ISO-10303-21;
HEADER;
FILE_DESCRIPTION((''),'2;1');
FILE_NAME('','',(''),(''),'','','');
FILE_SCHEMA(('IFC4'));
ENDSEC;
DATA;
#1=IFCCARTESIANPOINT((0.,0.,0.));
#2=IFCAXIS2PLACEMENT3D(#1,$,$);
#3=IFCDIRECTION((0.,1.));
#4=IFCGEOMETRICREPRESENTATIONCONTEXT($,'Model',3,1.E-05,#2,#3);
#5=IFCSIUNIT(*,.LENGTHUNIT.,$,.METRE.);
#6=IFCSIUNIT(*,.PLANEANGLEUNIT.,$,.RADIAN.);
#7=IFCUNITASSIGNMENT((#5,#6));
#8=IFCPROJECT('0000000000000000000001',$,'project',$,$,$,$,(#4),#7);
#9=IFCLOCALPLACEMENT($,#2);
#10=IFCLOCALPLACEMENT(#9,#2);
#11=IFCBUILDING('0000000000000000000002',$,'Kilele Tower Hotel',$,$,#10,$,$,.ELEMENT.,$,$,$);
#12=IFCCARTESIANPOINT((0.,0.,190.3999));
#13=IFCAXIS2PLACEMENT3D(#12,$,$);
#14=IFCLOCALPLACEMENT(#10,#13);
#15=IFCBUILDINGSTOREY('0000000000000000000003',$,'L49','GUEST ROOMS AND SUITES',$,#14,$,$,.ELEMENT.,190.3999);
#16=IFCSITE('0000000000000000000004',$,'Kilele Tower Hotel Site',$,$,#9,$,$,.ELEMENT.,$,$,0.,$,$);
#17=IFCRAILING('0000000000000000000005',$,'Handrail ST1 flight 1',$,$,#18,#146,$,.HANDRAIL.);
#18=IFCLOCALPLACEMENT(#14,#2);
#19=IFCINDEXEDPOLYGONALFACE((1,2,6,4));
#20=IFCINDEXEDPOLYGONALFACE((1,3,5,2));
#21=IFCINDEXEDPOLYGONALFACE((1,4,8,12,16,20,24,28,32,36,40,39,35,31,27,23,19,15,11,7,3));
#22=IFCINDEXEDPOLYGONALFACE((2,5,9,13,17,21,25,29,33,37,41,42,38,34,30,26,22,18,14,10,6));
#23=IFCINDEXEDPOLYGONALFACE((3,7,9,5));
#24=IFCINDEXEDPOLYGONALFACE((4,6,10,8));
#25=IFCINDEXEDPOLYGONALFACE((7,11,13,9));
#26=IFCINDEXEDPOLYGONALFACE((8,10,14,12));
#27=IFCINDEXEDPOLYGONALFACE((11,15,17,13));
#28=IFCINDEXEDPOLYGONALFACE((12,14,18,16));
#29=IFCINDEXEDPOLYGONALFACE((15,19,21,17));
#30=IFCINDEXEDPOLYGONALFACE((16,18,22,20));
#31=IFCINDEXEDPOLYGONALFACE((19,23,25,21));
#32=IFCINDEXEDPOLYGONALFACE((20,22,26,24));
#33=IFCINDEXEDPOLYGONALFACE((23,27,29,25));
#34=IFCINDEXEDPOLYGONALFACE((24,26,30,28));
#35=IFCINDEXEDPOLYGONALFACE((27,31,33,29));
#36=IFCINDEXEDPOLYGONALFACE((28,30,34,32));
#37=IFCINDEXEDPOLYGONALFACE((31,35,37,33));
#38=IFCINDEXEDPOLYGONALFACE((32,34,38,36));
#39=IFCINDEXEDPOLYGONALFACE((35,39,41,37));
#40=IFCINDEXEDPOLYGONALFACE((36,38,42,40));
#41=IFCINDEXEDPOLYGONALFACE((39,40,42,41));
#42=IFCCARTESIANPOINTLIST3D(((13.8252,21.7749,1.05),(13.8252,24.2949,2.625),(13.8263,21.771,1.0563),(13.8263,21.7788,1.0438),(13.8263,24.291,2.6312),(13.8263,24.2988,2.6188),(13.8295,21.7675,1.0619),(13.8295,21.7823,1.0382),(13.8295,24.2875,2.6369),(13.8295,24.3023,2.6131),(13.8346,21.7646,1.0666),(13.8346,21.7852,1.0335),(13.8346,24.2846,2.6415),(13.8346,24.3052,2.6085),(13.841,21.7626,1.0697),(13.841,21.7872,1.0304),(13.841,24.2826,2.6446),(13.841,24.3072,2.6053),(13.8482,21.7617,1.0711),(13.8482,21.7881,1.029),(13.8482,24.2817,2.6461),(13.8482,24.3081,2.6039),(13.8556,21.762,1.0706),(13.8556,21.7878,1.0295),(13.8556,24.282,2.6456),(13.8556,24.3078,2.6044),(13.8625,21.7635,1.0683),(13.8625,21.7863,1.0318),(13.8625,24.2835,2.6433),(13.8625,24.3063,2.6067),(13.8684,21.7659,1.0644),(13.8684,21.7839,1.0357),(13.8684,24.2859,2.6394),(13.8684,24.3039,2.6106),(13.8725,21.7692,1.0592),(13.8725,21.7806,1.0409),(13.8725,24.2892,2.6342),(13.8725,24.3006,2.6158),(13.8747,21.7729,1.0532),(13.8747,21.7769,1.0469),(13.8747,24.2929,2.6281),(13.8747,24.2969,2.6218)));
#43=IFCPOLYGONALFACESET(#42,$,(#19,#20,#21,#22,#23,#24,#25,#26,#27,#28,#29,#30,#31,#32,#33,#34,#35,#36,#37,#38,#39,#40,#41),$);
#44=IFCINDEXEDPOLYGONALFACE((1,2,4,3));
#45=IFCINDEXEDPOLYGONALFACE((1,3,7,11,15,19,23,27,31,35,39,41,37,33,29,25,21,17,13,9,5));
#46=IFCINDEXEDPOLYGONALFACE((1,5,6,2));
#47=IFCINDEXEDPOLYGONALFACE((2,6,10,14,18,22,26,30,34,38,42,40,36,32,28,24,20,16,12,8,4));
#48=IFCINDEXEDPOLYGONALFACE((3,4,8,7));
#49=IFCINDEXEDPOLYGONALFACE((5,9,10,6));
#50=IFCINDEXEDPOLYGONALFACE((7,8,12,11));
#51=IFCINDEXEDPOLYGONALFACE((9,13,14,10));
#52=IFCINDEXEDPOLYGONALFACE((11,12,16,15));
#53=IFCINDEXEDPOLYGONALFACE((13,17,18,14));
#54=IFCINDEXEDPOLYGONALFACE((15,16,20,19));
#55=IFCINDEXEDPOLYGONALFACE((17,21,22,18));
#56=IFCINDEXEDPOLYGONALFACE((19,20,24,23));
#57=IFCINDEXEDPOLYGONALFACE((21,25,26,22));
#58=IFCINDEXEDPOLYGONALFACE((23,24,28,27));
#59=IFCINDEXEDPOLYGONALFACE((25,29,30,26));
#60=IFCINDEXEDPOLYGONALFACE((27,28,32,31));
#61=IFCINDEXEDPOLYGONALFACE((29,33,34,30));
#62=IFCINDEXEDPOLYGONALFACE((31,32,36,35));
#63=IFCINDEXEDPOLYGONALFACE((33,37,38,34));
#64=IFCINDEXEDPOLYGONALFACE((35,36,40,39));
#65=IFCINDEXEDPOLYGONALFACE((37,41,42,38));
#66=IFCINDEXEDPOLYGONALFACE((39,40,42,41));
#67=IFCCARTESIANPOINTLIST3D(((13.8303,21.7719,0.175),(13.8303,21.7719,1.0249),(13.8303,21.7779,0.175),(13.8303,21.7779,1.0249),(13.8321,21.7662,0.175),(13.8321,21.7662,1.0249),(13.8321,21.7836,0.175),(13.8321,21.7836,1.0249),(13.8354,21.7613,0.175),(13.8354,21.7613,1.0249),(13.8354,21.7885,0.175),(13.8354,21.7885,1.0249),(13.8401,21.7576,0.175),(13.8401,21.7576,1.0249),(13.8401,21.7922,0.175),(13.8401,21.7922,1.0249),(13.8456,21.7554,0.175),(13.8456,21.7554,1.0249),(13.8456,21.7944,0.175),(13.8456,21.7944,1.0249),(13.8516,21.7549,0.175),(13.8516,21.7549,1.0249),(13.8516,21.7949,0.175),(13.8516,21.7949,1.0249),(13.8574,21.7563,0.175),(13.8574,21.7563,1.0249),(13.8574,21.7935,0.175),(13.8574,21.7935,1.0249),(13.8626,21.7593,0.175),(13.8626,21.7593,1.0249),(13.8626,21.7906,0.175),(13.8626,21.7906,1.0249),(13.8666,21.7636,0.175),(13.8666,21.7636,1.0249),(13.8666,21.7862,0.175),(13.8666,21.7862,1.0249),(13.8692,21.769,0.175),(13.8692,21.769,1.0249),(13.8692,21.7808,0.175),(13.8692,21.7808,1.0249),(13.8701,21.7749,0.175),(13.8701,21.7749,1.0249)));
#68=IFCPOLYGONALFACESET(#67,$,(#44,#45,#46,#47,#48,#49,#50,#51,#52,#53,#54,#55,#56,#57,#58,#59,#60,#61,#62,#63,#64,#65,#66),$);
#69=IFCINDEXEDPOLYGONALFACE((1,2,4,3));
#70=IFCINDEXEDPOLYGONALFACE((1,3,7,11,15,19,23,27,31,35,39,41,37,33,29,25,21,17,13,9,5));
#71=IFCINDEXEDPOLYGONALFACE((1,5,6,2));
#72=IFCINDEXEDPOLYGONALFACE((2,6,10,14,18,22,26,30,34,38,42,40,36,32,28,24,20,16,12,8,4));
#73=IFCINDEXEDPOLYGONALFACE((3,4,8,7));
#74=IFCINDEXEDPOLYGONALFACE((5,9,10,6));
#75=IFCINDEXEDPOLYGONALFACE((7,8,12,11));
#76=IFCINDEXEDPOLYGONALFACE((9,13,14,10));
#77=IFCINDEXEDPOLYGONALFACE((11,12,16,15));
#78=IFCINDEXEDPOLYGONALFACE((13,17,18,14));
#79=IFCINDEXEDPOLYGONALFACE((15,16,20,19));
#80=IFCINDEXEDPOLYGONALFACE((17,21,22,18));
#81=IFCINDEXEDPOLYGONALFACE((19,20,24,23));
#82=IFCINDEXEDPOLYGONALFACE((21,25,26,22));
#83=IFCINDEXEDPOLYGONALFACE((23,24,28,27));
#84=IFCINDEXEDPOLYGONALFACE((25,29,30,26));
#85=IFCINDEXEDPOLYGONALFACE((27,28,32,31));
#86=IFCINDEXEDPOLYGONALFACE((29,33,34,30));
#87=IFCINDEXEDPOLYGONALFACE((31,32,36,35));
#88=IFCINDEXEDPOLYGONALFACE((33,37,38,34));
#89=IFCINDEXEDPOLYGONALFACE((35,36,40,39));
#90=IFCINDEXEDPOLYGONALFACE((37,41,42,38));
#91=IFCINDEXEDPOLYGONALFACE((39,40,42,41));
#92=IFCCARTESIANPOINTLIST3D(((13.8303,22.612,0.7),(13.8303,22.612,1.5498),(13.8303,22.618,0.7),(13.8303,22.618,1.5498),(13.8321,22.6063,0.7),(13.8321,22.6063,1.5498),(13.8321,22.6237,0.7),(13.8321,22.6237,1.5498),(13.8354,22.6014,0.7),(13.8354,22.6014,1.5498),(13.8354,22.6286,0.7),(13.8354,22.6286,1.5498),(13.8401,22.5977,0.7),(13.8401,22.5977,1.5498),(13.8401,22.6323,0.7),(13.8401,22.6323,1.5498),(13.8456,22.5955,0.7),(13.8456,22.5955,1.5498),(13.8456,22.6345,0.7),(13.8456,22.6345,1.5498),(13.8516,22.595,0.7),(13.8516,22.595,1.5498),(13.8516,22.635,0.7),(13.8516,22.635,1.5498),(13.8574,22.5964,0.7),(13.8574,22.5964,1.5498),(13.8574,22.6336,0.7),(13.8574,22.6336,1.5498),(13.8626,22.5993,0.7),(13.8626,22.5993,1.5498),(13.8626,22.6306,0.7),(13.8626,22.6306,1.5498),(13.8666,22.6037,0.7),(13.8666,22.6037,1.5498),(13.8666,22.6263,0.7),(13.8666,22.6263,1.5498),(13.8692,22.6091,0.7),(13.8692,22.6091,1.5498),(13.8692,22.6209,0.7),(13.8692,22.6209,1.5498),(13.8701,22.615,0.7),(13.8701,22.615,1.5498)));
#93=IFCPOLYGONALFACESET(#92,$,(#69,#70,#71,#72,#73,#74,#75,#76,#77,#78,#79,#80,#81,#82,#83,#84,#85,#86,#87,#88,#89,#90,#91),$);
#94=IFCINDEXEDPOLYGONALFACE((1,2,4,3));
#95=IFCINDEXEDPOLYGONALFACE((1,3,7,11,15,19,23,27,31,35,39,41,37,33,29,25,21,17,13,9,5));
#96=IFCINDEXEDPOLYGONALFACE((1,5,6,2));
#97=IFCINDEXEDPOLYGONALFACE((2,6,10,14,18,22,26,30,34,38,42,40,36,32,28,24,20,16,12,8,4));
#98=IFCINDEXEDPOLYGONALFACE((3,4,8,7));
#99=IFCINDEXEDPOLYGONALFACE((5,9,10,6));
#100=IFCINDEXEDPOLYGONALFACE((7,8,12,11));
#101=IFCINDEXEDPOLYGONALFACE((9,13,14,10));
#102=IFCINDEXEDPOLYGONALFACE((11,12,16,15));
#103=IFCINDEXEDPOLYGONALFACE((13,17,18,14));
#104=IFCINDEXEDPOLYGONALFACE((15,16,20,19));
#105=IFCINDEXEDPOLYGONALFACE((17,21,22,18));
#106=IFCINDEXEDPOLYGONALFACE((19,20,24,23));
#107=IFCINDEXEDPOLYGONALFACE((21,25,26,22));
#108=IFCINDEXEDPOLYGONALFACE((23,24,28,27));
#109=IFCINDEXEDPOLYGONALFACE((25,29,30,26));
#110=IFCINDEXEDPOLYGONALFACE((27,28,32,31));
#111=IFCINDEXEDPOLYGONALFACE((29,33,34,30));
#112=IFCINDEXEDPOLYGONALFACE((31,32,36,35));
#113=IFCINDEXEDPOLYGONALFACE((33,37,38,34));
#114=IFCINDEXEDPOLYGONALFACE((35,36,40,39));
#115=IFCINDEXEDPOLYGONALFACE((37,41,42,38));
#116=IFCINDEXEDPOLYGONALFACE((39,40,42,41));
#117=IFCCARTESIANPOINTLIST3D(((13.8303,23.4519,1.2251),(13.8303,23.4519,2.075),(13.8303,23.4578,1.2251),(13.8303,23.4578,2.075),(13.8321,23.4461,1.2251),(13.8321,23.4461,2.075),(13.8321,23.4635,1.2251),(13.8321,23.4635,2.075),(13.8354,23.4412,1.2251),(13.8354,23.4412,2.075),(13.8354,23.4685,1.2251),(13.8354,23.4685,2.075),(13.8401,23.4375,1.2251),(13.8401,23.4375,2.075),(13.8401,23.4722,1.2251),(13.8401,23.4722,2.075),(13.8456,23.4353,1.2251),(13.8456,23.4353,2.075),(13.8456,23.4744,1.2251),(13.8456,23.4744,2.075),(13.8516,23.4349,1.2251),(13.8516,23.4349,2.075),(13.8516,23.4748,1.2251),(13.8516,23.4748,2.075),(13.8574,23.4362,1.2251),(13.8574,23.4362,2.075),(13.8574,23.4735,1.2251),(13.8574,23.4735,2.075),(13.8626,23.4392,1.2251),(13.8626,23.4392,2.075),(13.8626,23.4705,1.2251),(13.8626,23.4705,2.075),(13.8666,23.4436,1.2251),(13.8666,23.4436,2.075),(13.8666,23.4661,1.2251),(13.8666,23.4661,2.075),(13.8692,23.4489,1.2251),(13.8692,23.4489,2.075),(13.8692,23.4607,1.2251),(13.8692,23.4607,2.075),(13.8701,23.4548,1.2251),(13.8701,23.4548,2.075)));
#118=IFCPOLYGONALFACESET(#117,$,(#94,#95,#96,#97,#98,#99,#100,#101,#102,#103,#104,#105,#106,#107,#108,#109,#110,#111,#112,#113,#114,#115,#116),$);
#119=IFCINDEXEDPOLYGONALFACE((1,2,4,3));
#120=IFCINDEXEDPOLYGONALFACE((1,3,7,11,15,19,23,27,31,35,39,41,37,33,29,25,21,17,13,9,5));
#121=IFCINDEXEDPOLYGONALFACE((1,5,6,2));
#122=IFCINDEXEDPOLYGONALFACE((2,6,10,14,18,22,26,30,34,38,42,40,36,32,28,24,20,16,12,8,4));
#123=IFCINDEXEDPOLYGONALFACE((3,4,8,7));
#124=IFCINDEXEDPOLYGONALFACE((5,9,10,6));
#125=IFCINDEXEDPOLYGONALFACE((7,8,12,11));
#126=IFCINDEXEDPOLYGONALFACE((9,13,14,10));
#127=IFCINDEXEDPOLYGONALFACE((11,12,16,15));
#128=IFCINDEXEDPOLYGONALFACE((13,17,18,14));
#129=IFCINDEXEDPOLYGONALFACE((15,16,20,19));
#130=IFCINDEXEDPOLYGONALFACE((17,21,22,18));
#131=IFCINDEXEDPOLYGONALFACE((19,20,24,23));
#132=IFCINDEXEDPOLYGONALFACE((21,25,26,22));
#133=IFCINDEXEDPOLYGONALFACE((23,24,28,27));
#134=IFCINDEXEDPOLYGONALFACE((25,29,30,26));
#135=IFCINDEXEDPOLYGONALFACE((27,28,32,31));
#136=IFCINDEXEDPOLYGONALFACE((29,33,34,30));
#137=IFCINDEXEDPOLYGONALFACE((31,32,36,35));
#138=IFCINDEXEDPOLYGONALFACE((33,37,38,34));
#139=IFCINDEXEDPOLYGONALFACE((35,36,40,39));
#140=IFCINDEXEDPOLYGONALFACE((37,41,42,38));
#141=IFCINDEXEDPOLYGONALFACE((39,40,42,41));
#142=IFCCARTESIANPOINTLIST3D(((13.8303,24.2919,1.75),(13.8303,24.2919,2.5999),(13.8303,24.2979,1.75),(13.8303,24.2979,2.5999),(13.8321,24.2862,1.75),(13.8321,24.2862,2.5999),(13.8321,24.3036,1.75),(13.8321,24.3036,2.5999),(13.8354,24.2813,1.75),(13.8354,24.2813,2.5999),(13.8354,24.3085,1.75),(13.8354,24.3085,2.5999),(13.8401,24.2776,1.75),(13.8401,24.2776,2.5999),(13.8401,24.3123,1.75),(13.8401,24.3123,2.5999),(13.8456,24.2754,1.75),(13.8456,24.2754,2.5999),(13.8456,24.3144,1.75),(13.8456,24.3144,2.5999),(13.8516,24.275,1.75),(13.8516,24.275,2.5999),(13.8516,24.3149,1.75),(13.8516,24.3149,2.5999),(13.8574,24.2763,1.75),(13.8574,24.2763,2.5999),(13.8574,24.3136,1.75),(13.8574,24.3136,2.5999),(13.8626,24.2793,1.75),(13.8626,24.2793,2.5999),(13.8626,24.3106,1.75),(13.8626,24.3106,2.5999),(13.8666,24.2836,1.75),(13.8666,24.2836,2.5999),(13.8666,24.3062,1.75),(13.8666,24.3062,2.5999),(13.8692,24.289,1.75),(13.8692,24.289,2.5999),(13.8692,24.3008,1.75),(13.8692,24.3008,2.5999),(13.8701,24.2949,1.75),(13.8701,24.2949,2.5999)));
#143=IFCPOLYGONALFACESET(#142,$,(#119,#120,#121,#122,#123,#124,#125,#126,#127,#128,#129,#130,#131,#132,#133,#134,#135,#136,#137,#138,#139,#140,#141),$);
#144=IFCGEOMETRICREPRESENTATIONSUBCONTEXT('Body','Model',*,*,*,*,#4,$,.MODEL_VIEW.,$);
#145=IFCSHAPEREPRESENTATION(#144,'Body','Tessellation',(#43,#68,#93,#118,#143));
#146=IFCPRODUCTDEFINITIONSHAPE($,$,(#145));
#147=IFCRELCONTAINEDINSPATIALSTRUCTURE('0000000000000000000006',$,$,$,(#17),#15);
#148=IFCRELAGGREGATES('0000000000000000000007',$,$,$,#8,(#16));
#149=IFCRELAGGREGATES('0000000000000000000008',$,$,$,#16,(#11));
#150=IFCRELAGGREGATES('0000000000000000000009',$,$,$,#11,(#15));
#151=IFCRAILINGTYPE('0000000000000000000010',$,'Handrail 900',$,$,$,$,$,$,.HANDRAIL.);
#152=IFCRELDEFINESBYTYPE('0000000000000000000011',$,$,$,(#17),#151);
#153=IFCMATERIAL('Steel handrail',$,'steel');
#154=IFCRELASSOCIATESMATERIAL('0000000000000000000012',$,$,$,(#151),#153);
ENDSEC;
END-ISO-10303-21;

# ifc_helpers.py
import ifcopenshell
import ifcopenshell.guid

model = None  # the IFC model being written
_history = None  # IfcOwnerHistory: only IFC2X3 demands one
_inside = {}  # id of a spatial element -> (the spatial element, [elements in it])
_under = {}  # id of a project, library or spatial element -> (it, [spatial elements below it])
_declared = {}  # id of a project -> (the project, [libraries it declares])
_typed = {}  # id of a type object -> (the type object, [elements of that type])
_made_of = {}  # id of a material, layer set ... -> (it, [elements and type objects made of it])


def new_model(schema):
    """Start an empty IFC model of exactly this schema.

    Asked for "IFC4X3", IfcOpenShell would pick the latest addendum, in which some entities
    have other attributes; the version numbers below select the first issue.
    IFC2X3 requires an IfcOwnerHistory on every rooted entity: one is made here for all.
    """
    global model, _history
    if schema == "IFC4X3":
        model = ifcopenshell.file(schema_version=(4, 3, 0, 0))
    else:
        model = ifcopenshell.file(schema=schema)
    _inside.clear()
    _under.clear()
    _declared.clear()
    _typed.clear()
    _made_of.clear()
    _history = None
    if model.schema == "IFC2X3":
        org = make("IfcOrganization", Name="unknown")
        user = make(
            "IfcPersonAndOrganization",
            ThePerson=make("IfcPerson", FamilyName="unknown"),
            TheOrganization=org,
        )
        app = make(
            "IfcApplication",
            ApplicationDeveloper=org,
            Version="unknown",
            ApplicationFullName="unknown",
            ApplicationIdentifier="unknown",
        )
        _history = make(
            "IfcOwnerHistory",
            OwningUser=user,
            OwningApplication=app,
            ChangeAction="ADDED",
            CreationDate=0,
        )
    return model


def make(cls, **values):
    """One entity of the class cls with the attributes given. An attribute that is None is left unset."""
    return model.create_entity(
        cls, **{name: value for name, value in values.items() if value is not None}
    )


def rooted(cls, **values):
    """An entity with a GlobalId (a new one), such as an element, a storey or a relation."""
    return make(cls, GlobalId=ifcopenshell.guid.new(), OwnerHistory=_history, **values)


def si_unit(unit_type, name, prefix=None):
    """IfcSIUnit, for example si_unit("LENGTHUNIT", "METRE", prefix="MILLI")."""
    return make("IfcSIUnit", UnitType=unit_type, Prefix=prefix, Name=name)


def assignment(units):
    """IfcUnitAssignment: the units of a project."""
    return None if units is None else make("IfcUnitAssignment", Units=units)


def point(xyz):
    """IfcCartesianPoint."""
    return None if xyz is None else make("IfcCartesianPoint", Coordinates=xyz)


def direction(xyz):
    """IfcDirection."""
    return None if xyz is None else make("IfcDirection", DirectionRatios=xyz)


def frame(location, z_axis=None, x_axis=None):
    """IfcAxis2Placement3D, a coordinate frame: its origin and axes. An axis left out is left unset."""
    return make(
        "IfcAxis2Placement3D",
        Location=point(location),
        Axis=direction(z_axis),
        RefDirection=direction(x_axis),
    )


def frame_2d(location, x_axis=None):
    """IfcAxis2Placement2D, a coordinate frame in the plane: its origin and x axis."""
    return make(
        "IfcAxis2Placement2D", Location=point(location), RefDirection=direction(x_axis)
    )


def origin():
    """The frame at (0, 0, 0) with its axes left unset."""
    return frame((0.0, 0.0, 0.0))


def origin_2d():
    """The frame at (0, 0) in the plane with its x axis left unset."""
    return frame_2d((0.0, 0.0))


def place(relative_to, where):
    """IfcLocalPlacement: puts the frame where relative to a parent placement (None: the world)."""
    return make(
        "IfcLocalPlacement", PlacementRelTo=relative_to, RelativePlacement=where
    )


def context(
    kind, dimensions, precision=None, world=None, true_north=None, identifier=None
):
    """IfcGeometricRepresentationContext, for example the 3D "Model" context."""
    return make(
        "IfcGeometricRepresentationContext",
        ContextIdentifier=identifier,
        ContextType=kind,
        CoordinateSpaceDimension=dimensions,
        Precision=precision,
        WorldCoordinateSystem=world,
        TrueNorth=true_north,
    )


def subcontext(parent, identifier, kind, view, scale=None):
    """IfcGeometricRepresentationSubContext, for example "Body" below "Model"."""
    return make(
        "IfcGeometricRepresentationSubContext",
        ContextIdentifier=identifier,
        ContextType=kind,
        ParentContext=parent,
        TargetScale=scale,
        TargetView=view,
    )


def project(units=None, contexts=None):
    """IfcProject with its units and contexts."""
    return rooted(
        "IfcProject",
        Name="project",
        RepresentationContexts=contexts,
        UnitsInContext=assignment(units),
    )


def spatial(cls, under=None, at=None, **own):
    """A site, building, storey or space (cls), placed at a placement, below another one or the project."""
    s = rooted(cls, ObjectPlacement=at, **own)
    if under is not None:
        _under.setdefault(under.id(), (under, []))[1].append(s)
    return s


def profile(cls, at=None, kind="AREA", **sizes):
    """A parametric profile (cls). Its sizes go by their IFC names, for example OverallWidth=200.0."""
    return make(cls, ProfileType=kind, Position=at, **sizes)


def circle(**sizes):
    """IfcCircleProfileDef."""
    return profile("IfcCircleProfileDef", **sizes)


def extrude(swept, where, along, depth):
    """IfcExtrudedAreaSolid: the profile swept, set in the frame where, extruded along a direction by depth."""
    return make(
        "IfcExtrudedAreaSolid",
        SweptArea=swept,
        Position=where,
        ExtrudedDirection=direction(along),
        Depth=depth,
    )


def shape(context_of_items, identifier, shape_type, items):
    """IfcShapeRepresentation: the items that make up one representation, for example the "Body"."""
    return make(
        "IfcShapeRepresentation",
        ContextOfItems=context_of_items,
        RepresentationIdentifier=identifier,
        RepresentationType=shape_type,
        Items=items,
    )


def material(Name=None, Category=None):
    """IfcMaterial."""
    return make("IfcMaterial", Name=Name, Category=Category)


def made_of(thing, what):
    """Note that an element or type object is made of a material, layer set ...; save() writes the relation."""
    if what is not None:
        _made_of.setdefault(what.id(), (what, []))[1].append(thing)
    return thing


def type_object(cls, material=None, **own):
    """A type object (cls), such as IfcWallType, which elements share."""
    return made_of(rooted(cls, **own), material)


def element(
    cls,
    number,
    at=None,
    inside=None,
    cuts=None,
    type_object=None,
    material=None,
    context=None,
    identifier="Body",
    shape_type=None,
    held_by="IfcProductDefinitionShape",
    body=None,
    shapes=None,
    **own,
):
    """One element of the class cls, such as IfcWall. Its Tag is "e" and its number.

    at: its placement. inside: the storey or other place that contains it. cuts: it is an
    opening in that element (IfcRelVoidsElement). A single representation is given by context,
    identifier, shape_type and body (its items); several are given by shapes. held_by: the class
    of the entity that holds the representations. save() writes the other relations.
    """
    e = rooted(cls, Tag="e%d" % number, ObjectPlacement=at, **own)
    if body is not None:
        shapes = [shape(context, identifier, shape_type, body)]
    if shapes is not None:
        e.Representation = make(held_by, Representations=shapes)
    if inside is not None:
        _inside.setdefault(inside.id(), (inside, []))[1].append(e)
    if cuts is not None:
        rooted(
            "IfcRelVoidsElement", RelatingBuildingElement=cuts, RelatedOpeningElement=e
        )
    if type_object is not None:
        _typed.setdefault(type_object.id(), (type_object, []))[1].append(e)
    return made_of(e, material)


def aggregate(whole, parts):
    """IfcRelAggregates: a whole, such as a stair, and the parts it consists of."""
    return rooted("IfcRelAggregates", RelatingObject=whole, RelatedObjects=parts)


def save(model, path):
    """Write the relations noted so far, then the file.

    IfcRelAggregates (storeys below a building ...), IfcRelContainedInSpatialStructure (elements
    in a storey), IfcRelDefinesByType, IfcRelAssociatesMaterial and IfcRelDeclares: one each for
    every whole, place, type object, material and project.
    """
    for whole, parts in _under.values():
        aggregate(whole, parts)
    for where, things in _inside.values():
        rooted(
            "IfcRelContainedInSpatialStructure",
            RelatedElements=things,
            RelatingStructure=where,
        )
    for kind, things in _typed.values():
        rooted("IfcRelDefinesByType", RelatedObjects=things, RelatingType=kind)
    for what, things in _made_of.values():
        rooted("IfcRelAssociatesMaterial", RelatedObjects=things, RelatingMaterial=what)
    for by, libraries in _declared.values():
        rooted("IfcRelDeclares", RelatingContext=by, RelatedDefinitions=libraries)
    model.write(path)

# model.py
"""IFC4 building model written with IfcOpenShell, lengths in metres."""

from ifc_helpers import new_model, si_unit, direction, frame, origin, origin_2d, place, context, subcontext, project, spatial, circle, extrude, material, type_object, element, save


model = new_model("IFC4")

# Units and contexts
model_context = context("Model", 3, precision=1e-05, world=origin(), true_north=direction((0.0, 1.0)))
body_context = subcontext(model_context, "Body", "Model", "MODEL_VIEW")
ifc_project = project(units=[si_unit("LENGTHUNIT", "METRE"), si_unit("PLANEANGLEUNIT", "RADIAN")], contexts=[model_context])

# Site, building, storey
site_placement = place(None, origin())
site = spatial("IfcSite", under=ifc_project, at=site_placement, Name="Kilele Tower Hotel Site", CompositionType="ELEMENT", RefElevation=0.0)
building_placement = place(site_placement, origin())
building = spatial("IfcBuilding", under=site, at=building_placement, Name="Kilele Tower Hotel", CompositionType="ELEMENT")
storey_placement = place(building_placement, frame((0.0, 0.0, 190.3999)))
storey = spatial("IfcBuildingStorey", under=building, at=storey_placement, Name="L49", Description="GUEST ROOMS AND SUITES", CompositionType="ELEMENT", Elevation=190.3999)

# Railing
ifc_material_1 = material(Name="Steel handrail", Category="steel")
railing_type_1 = type_object("IfcRailingType", Name="Handrail 900", PredefinedType="HANDRAIL", material=ifc_material_1)
for number, where, name in (
    (1, (13.8501, 21.7749, 0.175), "Handrail ST1 flight 1"),
):
    element("IfcRailing", number, at=place(storey_placement, frame(where)), inside=storey, type_object=railing_type_1, Name=name, PredefinedType="HANDRAIL", context=body_context, shape_type="SweptSolid", body=[
        extrude(circle(Radius=0.0249, at=origin_2d()), frame((0.0, 0.0, 0.875), z_axis=(0.0, 0.848008, 0.529984), x_axis=(-1.0, 0.0, 0.0)), (0.0, 0.0, 1.0), 2.9717),
        extrude(circle(Radius=0.02, at=origin_2d()), origin(), (0.0, 0.0, 1.0), 0.8499),
        extrude(circle(Radius=0.02, at=origin_2d()), frame((0.0, 0.8401, 0.5249)), (0.0, 0.0, 1.0), 0.8499),
        extrude(circle(Radius=0.02, at=origin_2d()), frame((0.0, 1.6799, 1.05)), (0.0, 0.0, 1.0), 0.8499),
        extrude(circle(Radius=0.02, at=origin_2d()), frame((0.0, 2.52, 1.575)), (0.0, 0.0, 1.0), 0.8499),
    ])

save(model, "model.ifc")
